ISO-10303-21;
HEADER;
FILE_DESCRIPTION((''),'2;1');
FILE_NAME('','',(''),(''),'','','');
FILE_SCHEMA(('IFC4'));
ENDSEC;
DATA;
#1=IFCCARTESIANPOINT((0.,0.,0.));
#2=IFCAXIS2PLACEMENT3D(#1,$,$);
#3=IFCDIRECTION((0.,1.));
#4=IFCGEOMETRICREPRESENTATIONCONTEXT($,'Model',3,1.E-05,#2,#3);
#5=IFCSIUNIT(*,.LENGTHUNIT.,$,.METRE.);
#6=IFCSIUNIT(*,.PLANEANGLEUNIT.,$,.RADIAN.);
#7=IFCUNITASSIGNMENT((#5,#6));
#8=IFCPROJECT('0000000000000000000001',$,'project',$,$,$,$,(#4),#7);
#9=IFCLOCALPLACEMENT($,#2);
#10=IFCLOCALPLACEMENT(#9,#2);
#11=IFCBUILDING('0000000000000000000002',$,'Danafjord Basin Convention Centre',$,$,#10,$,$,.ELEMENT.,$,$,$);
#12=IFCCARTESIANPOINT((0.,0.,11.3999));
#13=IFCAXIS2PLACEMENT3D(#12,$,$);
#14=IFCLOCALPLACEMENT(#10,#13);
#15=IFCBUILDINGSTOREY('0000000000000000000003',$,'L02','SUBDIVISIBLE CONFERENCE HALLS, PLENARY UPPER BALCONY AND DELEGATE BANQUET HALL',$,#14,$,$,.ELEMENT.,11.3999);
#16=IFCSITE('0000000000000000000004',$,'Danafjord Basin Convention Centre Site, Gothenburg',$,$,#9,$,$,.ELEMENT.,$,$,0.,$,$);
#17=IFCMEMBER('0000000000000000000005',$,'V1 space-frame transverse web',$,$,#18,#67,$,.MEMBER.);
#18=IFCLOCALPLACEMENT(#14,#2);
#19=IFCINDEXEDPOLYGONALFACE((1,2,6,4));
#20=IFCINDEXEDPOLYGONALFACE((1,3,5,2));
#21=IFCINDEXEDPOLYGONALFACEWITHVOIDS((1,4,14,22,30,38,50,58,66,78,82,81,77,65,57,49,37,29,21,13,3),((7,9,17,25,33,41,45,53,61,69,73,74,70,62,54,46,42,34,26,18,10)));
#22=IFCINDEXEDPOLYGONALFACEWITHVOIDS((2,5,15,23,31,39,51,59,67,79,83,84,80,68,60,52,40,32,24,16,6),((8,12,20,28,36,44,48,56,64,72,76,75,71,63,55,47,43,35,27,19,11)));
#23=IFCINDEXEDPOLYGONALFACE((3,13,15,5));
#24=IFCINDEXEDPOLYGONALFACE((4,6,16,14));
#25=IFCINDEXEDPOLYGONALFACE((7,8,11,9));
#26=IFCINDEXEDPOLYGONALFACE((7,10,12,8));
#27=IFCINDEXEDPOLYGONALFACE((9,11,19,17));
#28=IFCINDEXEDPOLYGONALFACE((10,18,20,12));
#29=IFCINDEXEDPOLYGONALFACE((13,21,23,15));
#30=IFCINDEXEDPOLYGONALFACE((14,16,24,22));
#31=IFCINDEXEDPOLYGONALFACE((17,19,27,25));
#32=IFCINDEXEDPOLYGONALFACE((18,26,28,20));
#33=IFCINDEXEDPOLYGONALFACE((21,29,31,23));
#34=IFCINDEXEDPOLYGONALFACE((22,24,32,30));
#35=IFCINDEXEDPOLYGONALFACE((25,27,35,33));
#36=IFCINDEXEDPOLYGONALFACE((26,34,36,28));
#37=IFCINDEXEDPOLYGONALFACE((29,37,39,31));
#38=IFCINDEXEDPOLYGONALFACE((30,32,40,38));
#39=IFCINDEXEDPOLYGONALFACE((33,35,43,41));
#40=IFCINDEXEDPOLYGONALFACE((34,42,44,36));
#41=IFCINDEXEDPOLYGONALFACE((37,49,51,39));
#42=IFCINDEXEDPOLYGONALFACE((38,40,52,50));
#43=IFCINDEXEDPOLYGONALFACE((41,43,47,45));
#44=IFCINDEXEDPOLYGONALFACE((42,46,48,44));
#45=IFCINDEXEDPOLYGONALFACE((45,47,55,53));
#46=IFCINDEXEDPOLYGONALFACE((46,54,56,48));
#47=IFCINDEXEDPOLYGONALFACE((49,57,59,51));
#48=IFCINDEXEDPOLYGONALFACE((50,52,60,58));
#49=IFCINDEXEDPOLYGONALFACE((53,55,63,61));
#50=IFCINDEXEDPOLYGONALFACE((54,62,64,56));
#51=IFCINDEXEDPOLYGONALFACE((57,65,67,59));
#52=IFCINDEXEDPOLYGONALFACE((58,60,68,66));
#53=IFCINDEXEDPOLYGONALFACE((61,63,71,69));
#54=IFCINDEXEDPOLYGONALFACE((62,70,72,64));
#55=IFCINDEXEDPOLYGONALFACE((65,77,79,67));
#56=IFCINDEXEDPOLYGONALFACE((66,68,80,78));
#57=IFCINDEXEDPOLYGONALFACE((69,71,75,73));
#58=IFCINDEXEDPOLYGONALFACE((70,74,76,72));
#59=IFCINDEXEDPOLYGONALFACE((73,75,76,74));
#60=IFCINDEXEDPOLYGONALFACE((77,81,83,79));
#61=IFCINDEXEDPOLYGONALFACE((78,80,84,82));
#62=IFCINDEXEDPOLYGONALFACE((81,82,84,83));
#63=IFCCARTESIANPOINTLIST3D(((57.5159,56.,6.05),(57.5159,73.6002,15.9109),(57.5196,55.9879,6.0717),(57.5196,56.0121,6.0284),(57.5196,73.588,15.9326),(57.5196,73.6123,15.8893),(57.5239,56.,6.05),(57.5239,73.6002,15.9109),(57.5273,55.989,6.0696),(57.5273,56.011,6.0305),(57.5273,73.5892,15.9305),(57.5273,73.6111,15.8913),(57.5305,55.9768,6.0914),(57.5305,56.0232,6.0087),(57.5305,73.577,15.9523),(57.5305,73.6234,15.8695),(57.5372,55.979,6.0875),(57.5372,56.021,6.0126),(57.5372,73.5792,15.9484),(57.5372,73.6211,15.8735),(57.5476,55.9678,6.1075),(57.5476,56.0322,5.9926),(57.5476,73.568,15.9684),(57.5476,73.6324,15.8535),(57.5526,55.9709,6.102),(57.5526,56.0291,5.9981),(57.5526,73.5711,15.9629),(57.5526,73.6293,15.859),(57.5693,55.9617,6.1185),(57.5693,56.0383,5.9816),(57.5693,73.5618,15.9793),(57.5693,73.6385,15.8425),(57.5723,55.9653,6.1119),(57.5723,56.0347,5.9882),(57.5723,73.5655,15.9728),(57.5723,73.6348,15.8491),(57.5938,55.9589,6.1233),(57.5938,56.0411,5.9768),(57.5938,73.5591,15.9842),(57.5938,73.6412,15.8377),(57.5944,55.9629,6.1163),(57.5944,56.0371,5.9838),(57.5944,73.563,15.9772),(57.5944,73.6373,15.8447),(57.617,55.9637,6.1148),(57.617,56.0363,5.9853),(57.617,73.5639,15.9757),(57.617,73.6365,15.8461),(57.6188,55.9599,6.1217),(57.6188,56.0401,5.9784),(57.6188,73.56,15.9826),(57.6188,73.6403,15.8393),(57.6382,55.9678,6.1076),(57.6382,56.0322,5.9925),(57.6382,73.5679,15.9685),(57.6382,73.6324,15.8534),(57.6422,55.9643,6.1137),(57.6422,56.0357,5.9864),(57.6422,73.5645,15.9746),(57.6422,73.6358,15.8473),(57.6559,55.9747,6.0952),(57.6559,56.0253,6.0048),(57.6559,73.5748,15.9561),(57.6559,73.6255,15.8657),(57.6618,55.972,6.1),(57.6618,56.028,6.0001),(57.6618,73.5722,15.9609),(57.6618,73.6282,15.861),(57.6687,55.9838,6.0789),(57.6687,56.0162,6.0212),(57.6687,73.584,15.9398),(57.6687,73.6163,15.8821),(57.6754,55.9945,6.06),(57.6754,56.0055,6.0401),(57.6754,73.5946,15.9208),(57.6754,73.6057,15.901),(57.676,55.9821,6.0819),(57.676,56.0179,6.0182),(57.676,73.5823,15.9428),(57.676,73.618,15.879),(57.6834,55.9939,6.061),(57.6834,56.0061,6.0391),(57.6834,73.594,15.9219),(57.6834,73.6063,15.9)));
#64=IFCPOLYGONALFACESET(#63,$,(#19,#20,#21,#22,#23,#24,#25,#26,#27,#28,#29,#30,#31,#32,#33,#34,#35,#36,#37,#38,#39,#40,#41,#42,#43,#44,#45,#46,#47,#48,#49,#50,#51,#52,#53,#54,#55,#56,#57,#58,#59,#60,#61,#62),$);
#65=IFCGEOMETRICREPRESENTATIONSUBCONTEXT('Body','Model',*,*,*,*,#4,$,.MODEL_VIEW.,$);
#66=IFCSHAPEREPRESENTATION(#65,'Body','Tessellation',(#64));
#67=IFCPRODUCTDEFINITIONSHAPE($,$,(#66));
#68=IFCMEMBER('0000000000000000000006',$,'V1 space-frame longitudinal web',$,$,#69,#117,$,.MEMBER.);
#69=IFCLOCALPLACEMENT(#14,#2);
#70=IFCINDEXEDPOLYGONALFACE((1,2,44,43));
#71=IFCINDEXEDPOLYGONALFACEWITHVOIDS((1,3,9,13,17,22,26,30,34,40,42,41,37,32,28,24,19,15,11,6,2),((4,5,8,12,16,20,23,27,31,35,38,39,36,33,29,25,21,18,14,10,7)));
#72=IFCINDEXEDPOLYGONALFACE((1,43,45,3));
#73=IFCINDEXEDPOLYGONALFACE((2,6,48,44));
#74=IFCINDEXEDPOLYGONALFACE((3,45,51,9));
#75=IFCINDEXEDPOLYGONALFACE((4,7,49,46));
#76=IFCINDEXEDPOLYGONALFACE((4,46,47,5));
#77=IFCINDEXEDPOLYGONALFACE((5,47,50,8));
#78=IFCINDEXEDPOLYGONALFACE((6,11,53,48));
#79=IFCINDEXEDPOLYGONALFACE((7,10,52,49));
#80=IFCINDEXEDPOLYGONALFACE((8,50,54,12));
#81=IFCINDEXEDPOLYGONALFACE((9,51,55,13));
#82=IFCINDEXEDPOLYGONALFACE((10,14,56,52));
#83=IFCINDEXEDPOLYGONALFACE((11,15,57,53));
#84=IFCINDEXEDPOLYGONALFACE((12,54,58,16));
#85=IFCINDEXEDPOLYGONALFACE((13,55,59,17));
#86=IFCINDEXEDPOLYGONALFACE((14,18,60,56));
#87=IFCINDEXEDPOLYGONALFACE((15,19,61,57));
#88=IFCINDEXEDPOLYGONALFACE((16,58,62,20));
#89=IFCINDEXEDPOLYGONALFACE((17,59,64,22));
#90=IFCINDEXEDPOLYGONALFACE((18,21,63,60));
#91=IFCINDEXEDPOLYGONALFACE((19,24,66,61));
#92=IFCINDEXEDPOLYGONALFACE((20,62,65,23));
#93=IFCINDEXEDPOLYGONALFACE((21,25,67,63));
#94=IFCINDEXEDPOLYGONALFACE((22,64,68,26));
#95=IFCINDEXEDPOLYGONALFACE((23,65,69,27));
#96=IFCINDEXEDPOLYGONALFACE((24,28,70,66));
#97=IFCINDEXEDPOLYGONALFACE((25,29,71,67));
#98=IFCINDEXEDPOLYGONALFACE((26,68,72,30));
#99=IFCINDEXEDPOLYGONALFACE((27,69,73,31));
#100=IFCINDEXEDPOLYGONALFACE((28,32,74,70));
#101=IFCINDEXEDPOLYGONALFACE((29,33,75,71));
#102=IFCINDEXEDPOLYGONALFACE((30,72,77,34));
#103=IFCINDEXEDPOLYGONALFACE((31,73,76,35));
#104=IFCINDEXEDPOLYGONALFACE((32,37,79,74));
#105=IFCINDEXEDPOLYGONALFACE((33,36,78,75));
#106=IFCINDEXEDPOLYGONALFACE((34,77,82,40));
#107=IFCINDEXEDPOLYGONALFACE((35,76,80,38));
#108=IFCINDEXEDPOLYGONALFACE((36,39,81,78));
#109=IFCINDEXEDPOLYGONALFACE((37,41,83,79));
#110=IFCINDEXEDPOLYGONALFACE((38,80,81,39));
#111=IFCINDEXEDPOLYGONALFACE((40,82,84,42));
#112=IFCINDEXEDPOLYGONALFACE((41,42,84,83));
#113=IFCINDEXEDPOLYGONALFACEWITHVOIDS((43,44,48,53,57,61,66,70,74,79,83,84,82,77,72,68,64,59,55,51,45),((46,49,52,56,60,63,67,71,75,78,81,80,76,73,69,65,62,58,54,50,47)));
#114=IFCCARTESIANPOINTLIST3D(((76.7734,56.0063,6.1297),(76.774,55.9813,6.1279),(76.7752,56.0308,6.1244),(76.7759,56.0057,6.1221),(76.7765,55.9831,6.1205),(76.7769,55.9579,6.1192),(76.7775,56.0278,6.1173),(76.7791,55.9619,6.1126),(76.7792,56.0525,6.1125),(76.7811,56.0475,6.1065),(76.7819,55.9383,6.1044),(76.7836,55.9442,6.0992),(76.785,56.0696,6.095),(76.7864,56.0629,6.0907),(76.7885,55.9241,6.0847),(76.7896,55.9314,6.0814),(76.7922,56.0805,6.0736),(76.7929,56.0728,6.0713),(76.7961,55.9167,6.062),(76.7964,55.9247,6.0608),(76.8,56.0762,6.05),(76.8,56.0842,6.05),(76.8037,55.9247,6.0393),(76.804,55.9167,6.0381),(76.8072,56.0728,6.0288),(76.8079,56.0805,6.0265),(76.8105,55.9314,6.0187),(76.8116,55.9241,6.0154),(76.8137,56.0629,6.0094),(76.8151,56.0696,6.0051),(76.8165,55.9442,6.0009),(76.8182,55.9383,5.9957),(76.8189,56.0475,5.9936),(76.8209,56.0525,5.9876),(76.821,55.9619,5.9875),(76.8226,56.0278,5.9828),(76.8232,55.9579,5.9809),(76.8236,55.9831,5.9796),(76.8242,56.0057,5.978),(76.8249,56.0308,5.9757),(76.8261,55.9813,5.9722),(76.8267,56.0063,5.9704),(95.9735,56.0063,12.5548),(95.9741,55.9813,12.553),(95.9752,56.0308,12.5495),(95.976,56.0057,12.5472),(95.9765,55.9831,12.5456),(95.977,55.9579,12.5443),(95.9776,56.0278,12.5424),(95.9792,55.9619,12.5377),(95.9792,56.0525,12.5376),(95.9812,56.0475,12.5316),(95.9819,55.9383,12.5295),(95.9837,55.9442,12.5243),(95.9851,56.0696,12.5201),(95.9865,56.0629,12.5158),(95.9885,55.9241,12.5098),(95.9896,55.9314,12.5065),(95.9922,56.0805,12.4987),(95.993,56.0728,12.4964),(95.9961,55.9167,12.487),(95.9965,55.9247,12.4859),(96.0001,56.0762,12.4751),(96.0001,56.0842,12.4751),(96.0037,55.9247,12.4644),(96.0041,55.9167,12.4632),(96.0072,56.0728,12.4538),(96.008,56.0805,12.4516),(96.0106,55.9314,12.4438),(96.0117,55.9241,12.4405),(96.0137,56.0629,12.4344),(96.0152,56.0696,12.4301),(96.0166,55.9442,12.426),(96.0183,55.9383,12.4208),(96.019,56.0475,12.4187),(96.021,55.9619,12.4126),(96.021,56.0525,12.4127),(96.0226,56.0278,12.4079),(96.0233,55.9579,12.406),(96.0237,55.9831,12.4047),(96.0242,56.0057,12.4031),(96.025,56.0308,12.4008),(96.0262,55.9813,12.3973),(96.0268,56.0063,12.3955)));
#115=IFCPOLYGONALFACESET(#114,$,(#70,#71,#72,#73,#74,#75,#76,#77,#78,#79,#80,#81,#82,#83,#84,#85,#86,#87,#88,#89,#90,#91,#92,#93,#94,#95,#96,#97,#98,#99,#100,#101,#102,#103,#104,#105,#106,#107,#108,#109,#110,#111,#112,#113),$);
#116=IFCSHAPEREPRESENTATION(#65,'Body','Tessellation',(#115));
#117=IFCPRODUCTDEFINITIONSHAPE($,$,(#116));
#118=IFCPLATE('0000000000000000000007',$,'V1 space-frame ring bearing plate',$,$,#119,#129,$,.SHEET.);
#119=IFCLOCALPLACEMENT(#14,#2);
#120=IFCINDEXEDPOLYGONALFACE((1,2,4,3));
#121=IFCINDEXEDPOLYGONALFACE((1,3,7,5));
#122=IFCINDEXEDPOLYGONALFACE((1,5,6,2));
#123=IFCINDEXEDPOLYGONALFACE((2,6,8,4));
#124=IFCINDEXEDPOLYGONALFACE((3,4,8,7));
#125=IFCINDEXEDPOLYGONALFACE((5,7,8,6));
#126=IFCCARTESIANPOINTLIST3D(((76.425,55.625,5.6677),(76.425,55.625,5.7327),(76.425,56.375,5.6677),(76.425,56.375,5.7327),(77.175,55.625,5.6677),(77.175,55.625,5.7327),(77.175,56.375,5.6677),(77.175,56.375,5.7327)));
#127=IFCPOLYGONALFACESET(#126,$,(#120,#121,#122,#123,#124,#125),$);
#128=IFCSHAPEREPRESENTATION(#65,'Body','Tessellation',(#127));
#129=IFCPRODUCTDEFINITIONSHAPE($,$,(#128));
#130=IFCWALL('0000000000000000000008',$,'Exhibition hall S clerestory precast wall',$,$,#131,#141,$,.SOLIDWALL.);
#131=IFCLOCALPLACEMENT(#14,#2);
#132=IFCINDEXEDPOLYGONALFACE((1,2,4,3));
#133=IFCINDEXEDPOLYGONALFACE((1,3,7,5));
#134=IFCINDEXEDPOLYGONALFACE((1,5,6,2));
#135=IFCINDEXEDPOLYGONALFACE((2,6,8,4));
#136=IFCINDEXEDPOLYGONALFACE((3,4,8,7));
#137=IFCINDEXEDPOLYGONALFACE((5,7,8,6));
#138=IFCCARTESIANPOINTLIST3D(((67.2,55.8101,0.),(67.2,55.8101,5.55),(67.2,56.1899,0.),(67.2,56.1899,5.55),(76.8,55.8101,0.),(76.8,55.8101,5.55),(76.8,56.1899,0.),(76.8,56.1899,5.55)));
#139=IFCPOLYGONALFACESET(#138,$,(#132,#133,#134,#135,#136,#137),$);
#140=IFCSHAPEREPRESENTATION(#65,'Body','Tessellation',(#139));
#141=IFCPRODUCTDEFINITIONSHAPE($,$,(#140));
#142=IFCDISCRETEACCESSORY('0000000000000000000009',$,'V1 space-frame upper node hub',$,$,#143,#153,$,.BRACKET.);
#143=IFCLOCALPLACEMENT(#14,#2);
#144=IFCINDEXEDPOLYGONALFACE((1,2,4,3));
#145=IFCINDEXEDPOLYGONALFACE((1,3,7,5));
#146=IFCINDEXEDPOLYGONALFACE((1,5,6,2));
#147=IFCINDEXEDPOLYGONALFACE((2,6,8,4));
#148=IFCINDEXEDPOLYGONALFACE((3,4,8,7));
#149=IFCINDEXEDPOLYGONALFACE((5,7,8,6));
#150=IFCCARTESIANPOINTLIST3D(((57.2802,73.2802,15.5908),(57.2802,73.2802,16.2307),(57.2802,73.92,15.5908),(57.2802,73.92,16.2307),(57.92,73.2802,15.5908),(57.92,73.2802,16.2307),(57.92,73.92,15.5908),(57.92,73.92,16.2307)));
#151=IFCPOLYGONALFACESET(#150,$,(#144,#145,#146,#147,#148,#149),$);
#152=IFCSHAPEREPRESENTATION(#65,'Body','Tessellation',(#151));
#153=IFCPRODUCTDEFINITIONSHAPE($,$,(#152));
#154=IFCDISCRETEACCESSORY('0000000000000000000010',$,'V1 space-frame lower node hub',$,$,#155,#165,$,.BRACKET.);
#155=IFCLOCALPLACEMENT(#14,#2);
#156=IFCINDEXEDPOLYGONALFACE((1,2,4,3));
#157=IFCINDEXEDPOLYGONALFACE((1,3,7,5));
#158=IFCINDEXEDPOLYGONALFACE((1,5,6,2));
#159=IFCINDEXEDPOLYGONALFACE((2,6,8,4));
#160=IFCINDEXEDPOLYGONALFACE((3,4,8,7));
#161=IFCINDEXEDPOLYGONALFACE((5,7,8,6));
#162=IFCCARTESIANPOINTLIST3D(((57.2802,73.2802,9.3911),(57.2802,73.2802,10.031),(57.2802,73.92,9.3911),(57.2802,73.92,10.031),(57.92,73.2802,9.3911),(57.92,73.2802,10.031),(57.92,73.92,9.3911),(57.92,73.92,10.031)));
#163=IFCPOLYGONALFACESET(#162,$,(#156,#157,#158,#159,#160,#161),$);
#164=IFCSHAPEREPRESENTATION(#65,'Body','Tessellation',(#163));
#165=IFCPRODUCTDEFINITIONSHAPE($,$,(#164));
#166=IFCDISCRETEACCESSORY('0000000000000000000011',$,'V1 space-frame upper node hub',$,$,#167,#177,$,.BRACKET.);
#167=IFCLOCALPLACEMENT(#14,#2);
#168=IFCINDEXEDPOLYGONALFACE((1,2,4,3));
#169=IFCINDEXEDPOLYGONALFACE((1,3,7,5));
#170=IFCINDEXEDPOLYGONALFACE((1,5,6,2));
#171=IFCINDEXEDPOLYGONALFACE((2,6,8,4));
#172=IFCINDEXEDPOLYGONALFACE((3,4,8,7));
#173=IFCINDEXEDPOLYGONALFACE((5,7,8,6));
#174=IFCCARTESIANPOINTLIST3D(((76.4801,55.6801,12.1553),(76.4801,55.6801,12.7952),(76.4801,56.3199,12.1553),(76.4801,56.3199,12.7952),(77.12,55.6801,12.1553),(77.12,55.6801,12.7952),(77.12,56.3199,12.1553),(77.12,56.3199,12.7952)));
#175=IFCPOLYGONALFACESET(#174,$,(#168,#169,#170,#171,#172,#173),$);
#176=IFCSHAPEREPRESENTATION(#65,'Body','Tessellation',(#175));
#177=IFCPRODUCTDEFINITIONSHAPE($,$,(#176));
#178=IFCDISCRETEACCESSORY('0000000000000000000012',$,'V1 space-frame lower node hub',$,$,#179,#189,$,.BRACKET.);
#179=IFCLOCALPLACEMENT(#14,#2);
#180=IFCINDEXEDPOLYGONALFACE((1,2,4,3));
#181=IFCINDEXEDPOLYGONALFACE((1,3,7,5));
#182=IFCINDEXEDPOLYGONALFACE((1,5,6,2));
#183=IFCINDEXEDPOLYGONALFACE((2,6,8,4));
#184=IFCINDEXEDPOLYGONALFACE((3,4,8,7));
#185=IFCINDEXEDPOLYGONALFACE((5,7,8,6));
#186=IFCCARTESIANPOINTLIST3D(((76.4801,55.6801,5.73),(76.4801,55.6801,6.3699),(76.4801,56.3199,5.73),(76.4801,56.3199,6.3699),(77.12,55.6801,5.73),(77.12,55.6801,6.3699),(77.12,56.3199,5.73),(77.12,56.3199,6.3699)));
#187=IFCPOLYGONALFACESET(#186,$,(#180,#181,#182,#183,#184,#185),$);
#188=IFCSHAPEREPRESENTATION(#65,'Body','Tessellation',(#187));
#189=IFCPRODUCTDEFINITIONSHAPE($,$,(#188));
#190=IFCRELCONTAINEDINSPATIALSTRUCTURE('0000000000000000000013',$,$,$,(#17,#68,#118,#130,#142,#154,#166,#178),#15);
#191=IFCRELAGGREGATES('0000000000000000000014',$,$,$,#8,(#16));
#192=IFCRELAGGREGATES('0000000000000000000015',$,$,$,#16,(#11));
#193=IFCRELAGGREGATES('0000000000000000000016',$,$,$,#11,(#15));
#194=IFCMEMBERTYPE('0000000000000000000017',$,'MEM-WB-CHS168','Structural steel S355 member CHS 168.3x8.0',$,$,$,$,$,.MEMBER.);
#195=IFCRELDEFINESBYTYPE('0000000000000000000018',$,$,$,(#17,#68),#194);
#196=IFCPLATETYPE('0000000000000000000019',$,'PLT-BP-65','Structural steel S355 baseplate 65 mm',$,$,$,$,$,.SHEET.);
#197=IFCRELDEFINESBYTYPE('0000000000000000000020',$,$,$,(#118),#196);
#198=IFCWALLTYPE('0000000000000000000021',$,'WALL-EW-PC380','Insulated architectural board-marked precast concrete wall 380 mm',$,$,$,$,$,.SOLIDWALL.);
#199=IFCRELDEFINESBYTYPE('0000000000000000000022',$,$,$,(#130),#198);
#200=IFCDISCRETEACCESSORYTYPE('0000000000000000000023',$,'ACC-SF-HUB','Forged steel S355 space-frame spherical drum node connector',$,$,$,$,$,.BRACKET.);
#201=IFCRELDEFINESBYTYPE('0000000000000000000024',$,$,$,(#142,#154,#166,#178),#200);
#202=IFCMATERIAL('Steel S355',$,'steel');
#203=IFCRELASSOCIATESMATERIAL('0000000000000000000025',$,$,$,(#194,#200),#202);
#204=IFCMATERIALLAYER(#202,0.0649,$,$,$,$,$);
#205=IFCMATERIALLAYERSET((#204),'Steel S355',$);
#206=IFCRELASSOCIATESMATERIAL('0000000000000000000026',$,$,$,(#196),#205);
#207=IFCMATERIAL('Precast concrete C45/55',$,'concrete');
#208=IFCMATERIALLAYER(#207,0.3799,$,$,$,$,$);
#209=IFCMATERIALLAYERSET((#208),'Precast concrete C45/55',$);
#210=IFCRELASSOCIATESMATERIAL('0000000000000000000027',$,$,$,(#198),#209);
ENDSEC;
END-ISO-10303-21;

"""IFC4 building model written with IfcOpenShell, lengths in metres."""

from ifc_helpers import new_model, si_unit, direction, frame, frame_2d, origin, origin_2d, place, context, subcontext, project, spatial, rectangle, hollow_circle, extrude, material, layer, layer_set, material_profile, profile_set, type_object, element, save


model = new_model("IFC4")

# Units and contexts
model_context = context("Model", 3, precision=1e-05, world=origin(), true_north=direction((0.0, 1.0)))
body_context = subcontext(model_context, "Body", "Model", "MODEL_VIEW")
ifc_project = project(units=[si_unit("LENGTHUNIT", "METRE"), si_unit("PLANEANGLEUNIT", "RADIAN")], contexts=[model_context])

# Site, building, storey
site_placement = place(None, origin())
site = spatial("IfcSite", under=ifc_project, at=site_placement, Name="Danafjord Basin Convention Centre Site, Gothenburg", CompositionType="ELEMENT", RefElevation=0.0)
building_placement = place(site_placement, origin())
building = spatial("IfcBuilding", under=site, at=building_placement, Name="Danafjord Basin Convention Centre", CompositionType="ELEMENT")
storey_placement = place(building_placement, frame((0.0, 0.0, 11.3999)))
storey = spatial("IfcBuildingStorey", under=building, at=storey_placement, Name="L02", Description="SUBDIVISIBLE CONFERENCE HALLS, PLENARY UPPER BALCONY AND DELEGATE BANQUET HALL", CompositionType="ELEMENT", Elevation=11.3999)

# Shared definitions
ifc_material_1 = material(Name="Steel S355", Category="steel")
ifc_material_2 = material(Name="Precast concrete C45/55", Category="concrete")

# Members
ifc_material_profile_1 = material_profile(ifc_material_1, hollow_circle(Radius=0.0842, WallThickness=0.0081, at=origin_2d()), Name="CHS 168.3x8.0")
ifc_profile_set_1 = profile_set([ifc_material_profile_1], Name="Steel S355")
member_type_1 = type_object("IfcMemberType", Name="MEM-WB-CHS168", Description="Structural steel S355 member CHS 168.3x8.0", PredefinedType="MEMBER", material=ifc_profile_set_1)
member_1_placement = place(storey_placement, frame((57.6001, 56.0, 6.05), z_axis=(0.0, 0.872405, 0.488784), x_axis=(-1.0, 0.0, 0.0)))
element("IfcMember", 1, at=member_1_placement, inside=storey, type_object=member_type_1, Name="V1 space-frame transverse web", PredefinedType="MEMBER", context=body_context, shape_type="SweptSolid", body=[
    extrude(hollow_circle(Radius=0.0842, WallThickness=0.0081, at=origin_2d()), origin(), (0.0, 0.0, 1.0), 20.1743),
])
member_2_placement = place(storey_placement, frame((76.8, 56.0, 6.05), z_axis=(0.948311, 0.0, 0.317342), x_axis=(0.0, 1.0, 0.0)))
element("IfcMember", 2, at=member_2_placement, inside=storey, type_object=member_type_1, Name="V1 space-frame longitudinal web", PredefinedType="MEMBER", context=body_context, shape_type="SweptSolid", body=[
    extrude(hollow_circle(Radius=0.0842, WallThickness=0.0081, at=origin_2d()), origin(), (0.0, 0.0, 1.0), 20.2466),
])

# Plate
ifc_layer_1 = layer(ifc_material_1, 0.0649)
ifc_layer_set_1 = layer_set([ifc_layer_1], Name="Steel S355")
plate_type = type_object("IfcPlateType", Name="PLT-BP-65", Description="Structural steel S355 baseplate 65 mm", PredefinedType="SHEET", material=ifc_layer_set_1)
plate_placement = place(storey_placement, frame((76.8, 56.0, 5.6677), z_axis=(0.0, 0.0, 1.0), x_axis=(1.0, 0.0, 0.0)))
element("IfcPlate", 3, at=plate_placement, inside=storey, type_object=plate_type, Name="V1 space-frame ring bearing plate", PredefinedType="SHEET", context=body_context, shape_type="SweptSolid", body=[
    extrude(rectangle(XDim=0.75, YDim=0.75, at=origin_2d()), origin(), (0.0, 0.0, 1.0), 0.0649),
])

# Wall
ifc_layer_2 = layer(ifc_material_2, 0.3799)
ifc_layer_set_2 = layer_set([ifc_layer_2], Name="Precast concrete C45/55")
wall_type = type_object("IfcWallType", Name="WALL-EW-PC380", Description="Insulated architectural board-marked precast concrete wall 380 mm", PredefinedType="SOLIDWALL", material=ifc_layer_set_2)
wall_placement = place(storey_placement, frame((67.2, 56.0, 0.0), z_axis=(0.0, 0.0, 1.0), x_axis=(1.0, 0.0, 0.0)))
element("IfcWall", 4, at=wall_placement, inside=storey, type_object=wall_type, Name="Exhibition hall S clerestory precast wall", PredefinedType="SOLIDWALL", context=body_context, shape_type="SweptSolid", body=[
    extrude(rectangle(XDim=9.6001, YDim=0.3799, at=frame_2d((4.8, 0.0))), origin(), (0.0, 0.0, 1.0), 5.55),
])

# Discrete accessories
discrete_accessory_type = type_object("IfcDiscreteAccessoryType", Name="ACC-SF-HUB", Description="Forged steel S355 space-frame spherical drum node connector", PredefinedType="BRACKET", material=ifc_material_1)
for number, where, z_axis, x_axis, name in (
    (5, (57.6001, 73.6001, 15.5908), (0.0, 0.0, 1.0), (1.0, 0.0, 0.0), "V1 space-frame upper node hub"),
    (6, (57.6001, 73.6001, 9.3911), (0.0, 0.0, 1.0), (1.0, 0.0, 0.0), "V1 space-frame lower node hub"),
    (7, (76.8, 56.0, 12.1553), (0.0, 0.0, 1.0), (1.0, 0.0, 0.0), "V1 space-frame upper node hub"),
    (8, (76.8, 56.0, 5.73), (0.0, 0.0, 1.0), (1.0, 0.0, 0.0), "V1 space-frame lower node hub"),
):
    element("IfcDiscreteAccessory", number, at=place(storey_placement, frame(where, z_axis=z_axis, x_axis=x_axis)), inside=storey, type_object=discrete_accessory_type, Name=name, PredefinedType="BRACKET", context=body_context, shape_type="SweptSolid", body=[
        extrude(rectangle(XDim=0.6399, YDim=0.6399, at=origin_2d()), origin(), (0.0, 0.0, 1.0), 0.6399),
    ])

save(model, "model.ifc")
